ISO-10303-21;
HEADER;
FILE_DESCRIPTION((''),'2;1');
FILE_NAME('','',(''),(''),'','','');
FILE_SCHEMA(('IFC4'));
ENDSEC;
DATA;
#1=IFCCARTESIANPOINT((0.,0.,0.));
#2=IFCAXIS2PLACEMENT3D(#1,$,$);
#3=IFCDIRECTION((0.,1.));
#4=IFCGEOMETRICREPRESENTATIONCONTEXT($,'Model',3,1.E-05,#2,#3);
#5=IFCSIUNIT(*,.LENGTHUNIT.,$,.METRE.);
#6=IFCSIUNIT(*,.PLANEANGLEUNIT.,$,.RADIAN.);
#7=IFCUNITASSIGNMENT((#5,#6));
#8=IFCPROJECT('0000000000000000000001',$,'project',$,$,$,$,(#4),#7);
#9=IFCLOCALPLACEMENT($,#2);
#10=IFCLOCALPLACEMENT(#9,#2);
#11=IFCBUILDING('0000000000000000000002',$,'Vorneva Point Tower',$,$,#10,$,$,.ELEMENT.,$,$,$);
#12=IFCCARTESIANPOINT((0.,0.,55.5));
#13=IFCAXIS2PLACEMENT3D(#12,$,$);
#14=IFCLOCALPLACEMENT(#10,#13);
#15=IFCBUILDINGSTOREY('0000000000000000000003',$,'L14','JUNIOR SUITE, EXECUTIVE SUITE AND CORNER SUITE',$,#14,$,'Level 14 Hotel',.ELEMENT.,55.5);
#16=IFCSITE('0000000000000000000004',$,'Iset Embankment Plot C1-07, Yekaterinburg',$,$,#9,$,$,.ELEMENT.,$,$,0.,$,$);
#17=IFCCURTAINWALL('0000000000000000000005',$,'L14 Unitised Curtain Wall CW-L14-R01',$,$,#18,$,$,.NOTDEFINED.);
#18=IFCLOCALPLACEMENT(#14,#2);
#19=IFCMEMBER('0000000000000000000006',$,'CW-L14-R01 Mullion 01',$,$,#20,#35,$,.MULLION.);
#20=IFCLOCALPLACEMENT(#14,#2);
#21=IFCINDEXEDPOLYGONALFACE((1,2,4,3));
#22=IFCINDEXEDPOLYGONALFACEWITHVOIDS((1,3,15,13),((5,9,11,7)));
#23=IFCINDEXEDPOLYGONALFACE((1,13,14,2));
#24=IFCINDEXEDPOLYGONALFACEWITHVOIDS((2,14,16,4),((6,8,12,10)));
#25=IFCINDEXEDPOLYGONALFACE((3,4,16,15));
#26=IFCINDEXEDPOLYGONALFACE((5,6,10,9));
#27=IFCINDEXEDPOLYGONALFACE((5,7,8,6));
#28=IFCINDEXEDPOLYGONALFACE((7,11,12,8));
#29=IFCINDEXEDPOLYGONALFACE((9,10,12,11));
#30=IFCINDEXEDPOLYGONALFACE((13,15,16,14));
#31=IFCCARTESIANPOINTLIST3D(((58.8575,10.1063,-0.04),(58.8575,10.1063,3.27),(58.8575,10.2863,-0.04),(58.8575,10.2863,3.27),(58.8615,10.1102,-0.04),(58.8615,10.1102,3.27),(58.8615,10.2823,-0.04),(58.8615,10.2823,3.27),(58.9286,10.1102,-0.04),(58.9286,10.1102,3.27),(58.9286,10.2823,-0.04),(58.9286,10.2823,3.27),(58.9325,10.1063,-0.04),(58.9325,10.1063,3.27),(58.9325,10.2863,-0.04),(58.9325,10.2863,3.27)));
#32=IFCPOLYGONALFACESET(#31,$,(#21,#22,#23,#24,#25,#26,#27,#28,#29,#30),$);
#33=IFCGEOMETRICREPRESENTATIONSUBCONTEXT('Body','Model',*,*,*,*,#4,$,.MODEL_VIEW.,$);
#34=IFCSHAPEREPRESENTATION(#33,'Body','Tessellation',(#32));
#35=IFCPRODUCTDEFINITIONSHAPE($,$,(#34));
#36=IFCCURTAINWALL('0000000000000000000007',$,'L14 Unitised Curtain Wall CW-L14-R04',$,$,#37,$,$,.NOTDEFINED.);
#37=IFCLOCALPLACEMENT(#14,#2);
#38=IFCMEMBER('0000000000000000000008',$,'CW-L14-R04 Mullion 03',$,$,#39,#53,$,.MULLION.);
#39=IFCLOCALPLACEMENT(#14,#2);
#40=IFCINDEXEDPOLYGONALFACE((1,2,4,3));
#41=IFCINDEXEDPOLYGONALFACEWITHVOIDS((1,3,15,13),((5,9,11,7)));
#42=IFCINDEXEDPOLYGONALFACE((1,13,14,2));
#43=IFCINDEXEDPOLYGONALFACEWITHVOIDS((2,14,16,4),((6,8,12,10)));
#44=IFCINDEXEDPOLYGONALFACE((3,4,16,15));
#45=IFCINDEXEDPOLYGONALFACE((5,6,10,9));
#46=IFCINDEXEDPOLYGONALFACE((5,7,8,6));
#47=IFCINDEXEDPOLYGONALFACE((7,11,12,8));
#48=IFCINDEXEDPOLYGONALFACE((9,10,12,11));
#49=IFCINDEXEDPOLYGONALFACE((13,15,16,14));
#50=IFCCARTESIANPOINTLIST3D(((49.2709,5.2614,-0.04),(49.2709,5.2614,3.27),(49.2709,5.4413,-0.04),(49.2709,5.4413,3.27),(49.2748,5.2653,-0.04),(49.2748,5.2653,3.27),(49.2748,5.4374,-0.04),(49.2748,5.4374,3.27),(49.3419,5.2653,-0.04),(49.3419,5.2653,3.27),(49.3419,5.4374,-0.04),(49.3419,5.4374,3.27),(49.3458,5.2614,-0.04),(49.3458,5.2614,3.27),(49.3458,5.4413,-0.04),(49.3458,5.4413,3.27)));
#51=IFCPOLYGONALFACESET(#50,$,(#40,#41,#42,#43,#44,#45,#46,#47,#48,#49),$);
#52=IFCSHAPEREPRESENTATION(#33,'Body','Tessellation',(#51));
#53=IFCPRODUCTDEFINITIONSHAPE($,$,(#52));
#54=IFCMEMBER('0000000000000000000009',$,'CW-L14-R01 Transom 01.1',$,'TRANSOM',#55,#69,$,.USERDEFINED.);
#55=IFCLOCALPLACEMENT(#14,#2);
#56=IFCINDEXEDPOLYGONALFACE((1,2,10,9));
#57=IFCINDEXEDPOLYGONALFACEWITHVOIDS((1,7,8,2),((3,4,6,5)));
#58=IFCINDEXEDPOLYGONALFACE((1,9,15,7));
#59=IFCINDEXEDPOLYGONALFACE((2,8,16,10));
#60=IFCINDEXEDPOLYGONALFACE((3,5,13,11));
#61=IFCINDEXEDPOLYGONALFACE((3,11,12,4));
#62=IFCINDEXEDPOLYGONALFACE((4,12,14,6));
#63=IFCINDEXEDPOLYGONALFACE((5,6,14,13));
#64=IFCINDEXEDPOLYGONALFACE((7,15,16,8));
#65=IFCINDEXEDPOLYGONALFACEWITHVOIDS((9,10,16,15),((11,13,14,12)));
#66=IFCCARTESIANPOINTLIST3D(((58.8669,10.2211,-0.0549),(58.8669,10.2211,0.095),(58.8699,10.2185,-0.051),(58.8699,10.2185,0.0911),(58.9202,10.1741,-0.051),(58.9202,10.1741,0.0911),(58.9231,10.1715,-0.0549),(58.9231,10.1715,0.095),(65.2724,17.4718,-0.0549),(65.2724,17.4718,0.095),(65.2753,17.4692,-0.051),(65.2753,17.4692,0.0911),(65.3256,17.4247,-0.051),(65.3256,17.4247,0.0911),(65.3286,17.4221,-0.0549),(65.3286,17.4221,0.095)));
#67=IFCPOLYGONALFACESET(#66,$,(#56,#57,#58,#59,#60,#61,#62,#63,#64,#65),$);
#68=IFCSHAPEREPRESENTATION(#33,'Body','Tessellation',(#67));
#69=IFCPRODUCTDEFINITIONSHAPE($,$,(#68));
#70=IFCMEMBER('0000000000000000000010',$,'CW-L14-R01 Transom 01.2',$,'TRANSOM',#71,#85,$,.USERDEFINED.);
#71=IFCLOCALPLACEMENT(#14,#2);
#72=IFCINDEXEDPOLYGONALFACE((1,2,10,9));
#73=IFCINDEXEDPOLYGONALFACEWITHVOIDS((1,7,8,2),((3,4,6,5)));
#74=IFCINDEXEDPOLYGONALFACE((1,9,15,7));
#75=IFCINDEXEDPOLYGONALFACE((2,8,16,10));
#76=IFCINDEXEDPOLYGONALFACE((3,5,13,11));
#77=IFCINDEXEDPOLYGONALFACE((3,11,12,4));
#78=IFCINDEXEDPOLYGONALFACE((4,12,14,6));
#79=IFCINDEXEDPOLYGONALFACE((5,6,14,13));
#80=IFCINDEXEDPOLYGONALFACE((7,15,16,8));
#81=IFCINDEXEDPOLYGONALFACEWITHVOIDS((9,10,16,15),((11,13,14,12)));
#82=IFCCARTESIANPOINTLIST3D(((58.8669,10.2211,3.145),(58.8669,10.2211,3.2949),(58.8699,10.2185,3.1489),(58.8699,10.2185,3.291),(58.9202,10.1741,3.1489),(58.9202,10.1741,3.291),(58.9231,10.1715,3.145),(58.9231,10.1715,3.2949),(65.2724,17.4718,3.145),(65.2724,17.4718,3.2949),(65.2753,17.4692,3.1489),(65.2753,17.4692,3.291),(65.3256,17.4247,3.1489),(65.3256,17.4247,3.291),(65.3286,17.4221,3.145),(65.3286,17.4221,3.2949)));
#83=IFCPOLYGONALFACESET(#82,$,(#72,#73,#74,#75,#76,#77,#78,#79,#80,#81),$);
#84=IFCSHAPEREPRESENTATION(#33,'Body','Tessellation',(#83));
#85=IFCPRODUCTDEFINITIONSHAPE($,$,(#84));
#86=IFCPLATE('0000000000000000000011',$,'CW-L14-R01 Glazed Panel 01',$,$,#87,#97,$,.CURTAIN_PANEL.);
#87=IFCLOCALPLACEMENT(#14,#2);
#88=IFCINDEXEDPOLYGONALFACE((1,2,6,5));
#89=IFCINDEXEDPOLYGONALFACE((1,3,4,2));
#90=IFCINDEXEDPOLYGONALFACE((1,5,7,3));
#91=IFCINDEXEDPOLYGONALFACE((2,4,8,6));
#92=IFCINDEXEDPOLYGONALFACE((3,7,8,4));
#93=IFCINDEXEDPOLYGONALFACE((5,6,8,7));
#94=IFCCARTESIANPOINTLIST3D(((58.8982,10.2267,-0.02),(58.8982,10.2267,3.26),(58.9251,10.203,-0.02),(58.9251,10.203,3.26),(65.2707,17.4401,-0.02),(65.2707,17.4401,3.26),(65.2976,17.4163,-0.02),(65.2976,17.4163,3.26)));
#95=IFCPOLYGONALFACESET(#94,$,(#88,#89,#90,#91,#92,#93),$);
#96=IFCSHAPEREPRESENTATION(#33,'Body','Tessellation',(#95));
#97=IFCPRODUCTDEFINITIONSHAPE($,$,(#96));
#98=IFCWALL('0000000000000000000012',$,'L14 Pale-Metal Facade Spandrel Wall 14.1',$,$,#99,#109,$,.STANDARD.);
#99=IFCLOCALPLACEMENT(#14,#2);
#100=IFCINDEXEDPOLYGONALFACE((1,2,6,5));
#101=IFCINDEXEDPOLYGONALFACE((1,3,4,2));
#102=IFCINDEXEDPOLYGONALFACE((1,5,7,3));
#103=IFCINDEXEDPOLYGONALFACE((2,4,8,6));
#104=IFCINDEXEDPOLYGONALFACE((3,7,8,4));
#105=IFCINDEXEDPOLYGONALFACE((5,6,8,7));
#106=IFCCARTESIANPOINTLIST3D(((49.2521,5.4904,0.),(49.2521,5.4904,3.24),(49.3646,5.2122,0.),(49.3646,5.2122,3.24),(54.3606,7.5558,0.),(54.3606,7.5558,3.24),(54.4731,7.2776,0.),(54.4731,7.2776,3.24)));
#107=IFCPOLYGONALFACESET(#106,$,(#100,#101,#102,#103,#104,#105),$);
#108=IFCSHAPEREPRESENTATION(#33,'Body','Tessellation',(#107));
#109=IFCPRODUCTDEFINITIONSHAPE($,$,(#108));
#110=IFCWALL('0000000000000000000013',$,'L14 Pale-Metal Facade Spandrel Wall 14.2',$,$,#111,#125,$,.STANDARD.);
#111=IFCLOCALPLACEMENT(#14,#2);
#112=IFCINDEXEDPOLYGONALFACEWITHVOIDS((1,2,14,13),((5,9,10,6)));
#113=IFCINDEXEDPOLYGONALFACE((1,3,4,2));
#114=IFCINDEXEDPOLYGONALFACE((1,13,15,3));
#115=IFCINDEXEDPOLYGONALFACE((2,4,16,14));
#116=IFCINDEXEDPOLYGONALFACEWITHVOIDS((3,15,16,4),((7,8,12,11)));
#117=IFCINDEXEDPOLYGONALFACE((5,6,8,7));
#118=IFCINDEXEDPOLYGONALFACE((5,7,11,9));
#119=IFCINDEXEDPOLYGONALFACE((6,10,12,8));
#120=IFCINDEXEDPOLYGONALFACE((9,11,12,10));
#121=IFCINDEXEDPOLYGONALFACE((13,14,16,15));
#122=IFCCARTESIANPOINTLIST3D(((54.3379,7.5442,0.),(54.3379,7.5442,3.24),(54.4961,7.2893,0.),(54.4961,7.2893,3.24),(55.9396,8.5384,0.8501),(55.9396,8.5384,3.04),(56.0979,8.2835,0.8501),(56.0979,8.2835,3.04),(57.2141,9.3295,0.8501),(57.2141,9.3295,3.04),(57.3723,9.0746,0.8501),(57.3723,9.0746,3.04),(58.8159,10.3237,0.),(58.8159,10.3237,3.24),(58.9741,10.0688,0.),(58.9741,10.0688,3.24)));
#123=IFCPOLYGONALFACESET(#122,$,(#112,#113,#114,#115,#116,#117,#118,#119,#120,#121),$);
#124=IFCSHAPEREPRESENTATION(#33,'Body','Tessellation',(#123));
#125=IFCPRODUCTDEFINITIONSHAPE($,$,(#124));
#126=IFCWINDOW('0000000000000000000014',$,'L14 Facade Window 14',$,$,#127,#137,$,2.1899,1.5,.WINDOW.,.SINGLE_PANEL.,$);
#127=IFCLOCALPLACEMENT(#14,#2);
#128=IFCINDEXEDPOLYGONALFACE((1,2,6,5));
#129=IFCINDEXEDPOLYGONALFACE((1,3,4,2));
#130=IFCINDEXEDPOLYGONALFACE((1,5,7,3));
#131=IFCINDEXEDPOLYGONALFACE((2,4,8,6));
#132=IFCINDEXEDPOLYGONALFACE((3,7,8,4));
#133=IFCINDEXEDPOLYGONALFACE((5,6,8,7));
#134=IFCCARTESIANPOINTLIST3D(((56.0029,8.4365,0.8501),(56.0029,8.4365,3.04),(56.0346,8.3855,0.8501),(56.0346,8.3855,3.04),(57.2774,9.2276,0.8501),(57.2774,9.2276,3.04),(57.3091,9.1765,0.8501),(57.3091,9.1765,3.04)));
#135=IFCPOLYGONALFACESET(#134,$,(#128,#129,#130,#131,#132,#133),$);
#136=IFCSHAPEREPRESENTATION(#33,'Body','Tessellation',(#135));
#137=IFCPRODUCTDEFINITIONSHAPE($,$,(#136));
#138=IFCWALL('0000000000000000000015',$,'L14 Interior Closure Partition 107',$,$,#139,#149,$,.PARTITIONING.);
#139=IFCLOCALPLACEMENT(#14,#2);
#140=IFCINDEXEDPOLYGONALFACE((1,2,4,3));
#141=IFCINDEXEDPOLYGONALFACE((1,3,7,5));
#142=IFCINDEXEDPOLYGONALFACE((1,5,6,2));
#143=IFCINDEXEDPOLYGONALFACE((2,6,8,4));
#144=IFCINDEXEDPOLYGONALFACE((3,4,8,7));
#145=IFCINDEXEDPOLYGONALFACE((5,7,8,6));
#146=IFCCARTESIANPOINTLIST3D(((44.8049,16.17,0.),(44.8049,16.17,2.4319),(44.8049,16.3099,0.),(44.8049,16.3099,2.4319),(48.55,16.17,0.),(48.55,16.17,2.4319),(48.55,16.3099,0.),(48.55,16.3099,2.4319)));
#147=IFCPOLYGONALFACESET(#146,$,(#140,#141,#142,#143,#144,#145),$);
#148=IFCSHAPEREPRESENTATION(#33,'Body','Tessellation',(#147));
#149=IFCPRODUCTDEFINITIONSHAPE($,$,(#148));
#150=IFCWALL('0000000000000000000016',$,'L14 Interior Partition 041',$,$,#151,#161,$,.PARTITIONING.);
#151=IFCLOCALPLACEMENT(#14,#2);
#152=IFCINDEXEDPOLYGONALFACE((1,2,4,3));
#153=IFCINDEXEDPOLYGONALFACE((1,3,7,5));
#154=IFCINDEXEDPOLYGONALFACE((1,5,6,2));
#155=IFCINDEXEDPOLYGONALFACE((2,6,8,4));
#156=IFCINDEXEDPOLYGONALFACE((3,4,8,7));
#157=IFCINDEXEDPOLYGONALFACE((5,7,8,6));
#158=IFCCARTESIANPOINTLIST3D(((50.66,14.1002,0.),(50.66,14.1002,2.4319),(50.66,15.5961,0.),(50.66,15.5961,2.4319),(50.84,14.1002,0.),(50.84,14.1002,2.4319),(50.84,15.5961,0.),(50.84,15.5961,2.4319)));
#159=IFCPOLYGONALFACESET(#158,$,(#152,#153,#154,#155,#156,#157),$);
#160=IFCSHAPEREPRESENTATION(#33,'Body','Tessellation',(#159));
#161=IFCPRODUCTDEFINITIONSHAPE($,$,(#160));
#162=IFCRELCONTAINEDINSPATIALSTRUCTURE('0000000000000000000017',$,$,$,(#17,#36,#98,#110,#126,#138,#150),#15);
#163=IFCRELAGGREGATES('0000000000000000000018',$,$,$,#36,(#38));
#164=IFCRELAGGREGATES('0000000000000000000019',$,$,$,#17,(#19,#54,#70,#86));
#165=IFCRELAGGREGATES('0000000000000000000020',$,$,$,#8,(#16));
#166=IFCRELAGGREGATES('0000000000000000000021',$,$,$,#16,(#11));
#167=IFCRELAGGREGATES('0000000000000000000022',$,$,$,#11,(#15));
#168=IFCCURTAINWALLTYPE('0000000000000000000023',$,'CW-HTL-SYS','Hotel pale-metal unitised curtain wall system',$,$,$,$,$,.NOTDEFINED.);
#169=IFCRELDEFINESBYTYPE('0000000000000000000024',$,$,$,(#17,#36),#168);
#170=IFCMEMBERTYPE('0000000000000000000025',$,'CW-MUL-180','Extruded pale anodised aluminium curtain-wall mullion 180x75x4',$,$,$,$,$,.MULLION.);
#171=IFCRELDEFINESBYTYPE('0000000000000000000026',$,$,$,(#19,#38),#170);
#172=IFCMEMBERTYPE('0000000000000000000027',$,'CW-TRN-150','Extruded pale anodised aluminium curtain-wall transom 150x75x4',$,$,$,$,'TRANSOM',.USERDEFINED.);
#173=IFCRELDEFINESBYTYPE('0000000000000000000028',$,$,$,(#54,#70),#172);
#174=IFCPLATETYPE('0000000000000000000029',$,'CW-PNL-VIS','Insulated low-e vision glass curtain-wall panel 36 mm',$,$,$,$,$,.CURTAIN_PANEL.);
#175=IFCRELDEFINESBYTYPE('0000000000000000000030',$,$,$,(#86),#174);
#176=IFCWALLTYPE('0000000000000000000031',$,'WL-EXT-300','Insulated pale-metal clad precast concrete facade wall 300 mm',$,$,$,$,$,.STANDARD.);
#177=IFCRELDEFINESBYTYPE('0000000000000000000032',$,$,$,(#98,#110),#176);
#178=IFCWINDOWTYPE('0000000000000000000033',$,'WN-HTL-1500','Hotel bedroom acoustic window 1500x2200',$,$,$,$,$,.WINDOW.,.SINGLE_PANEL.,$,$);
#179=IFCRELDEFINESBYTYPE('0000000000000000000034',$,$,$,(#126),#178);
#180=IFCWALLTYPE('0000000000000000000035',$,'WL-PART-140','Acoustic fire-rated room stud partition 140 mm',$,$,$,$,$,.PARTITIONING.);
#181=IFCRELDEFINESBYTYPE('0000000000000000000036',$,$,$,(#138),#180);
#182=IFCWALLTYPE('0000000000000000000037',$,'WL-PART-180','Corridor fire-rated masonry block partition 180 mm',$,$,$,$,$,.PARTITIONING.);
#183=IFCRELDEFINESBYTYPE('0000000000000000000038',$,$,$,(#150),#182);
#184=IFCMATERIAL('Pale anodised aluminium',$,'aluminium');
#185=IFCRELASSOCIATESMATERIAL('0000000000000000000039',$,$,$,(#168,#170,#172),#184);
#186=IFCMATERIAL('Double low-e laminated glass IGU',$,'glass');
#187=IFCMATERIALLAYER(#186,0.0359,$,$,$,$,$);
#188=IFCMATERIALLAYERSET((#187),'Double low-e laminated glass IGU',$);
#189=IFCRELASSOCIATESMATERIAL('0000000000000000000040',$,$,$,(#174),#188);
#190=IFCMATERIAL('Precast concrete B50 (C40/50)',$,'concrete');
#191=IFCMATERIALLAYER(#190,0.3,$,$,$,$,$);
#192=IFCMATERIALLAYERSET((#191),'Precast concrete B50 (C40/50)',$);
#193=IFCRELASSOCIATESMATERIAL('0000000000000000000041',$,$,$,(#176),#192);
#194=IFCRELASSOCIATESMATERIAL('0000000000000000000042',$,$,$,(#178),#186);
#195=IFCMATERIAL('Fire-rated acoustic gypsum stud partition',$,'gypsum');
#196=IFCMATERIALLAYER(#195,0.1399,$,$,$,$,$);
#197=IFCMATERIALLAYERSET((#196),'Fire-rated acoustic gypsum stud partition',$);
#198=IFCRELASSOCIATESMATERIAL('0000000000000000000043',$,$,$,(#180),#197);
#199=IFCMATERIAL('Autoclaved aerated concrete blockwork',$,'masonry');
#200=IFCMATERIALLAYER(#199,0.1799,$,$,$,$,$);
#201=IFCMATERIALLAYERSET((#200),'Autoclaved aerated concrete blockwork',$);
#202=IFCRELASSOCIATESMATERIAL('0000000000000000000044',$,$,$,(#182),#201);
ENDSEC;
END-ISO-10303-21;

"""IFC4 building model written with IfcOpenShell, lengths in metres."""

from ifc_helpers import new_model, si_unit, direction, frame, frame_2d, origin, origin_2d, place, context, subcontext, project, spatial, rectangle, hollow_rectangle, extrude, material, layer, layer_set, material_profile, profile_set, type_object, element, fill, aggregate, save


model = new_model("IFC4")

# Units and contexts
model_context = context("Model", 3, precision=1e-05, world=origin(), true_north=direction((0.0, 1.0)))
body_context = subcontext(model_context, "Body", "Model", "MODEL_VIEW")
ifc_project = project(units=[si_unit("LENGTHUNIT", "METRE"), si_unit("PLANEANGLEUNIT", "RADIAN")], contexts=[model_context])

# Site, building, storey
site_placement = place(None, origin())
site = spatial("IfcSite", under=ifc_project, at=site_placement, Name="Iset Embankment Plot C1-07, Yekaterinburg", CompositionType="ELEMENT", RefElevation=0.0)
building_placement = place(site_placement, origin())
building = spatial("IfcBuilding", under=site, at=building_placement, Name="Vorneva Point Tower", CompositionType="ELEMENT")
storey_placement = place(building_placement, frame((0.0, 0.0, 55.5)))
storey = spatial("IfcBuildingStorey", under=building, at=storey_placement, Name="L14", Description="JUNIOR SUITE, EXECUTIVE SUITE AND CORNER SUITE", LongName="Level 14 Hotel", CompositionType="ELEMENT", Elevation=55.5)

# Curtain walls, members
ifc_material_1 = material(Name="Pale anodised aluminium", Category="aluminium")
curtain_wall_type = type_object("IfcCurtainWallType", Name="CW-HTL-SYS", Description="Hotel pale-metal unitised curtain wall system", PredefinedType="NOTDEFINED", material=ifc_material_1)
curtain_wall_1_placement = place(storey_placement, origin())
curtain_wall_1 = element("IfcCurtainWall", 1, at=curtain_wall_1_placement, inside=storey, type_object=curtain_wall_type, Name="L14 Unitised Curtain Wall CW-L14-R01", PredefinedType="NOTDEFINED")
ifc_material_profile_1 = material_profile(ifc_material_1, hollow_rectangle(XDim=0.075, YDim=0.1799, WallThickness=0.0039, at=origin_2d()), Name="AL-MUL 180x75x4")
ifc_profile_set_1 = profile_set([ifc_material_profile_1], Name="Pale anodised aluminium")
member_type_1 = type_object("IfcMemberType", Name="CW-MUL-180", Description="Extruded pale anodised aluminium curtain-wall mullion 180x75x4", PredefinedType="MULLION", material=ifc_profile_set_1)
member_1_placement = place(storey_placement, frame((58.895, 10.1963, -0.04), z_axis=(0.0, 0.0, 1.0), x_axis=(1.0, 0.0, 0.0)))
member_1 = element("IfcMember", 2, at=member_1_placement, type_object=member_type_1, Name="CW-L14-R01 Mullion 01", PredefinedType="MULLION", context=body_context, shape_type="SweptSolid", body=[
    extrude(hollow_rectangle(XDim=0.075, YDim=0.1799, WallThickness=0.0039, at=origin_2d()), origin(), (0.0, 0.0, 1.0), 3.3101),
])
curtain_wall_2_placement = place(storey_placement, origin())
curtain_wall_2 = element("IfcCurtainWall", 3, at=curtain_wall_2_placement, inside=storey, type_object=curtain_wall_type, Name="L14 Unitised Curtain Wall CW-L14-R04", PredefinedType="NOTDEFINED")
member_2_placement = place(storey_placement, frame((49.3083, 5.3513, -0.04), z_axis=(0.0, 0.0, 1.0), x_axis=(1.0, 0.0, 0.0)))
member_2 = element("IfcMember", 4, at=member_2_placement, type_object=member_type_1, Name="CW-L14-R04 Mullion 03", PredefinedType="MULLION", context=body_context, shape_type="SweptSolid", body=[
    extrude(hollow_rectangle(XDim=0.075, YDim=0.1799, WallThickness=0.0039, at=origin_2d()), origin(), (0.0, 0.0, 1.0), 3.3101),
])
aggregate(curtain_wall_2, [member_2])

# Members
ifc_material_profile_2 = material_profile(ifc_material_1, hollow_rectangle(XDim=0.075, YDim=0.1499, WallThickness=0.0039, at=origin_2d()), Name="AL-TRN 150x75x4")
ifc_profile_set_2 = profile_set([ifc_material_profile_2], Name="Pale anodised aluminium")
member_type_2 = type_object("IfcMemberType", Name="CW-TRN-150", Description="Extruded pale anodised aluminium curtain-wall transom 150x75x4", ElementType="TRANSOM", PredefinedType="USERDEFINED", material=ifc_profile_set_2)
member_3_placement = place(storey_placement, frame((58.895, 10.1963, 0.02), z_axis=(0.662076, 0.749437, 0.0), x_axis=(-0.749437, 0.662076, 0.0)))
member_3 = element("IfcMember", 5, at=member_3_placement, type_object=member_type_2, Name="CW-L14-R01 Transom 01.1", ObjectType="TRANSOM", PredefinedType="USERDEFINED", context=body_context, shape_type="SweptSolid", body=[
    extrude(hollow_rectangle(XDim=0.075, YDim=0.1499, WallThickness=0.0039, at=origin_2d()), origin(), (0.0, 0.0, 1.0), 9.6748),
])
member_4_placement = place(storey_placement, frame((58.895, 10.1963, 3.22), z_axis=(0.662076, 0.749437, 0.0), x_axis=(-0.749437, 0.662076, 0.0)))
member_4 = element("IfcMember", 6, at=member_4_placement, type_object=member_type_2, Name="CW-L14-R01 Transom 01.2", ObjectType="TRANSOM", PredefinedType="USERDEFINED", context=body_context, shape_type="SweptSolid", body=[
    extrude(hollow_rectangle(XDim=0.075, YDim=0.1499, WallThickness=0.0039, at=origin_2d()), origin(), (0.0, 0.0, 1.0), 9.6748),
])

# Plate
ifc_material_2 = material(Name="Double low-e laminated glass IGU", Category="glass")
ifc_layer_1 = layer(ifc_material_2, 0.0359)
ifc_layer_set_1 = layer_set([ifc_layer_1], Name="Double low-e laminated glass IGU")
plate_type = type_object("IfcPlateType", Name="CW-PNL-VIS", Description="Insulated low-e vision glass curtain-wall panel 36 mm", PredefinedType="CURTAIN_PANEL", material=ifc_layer_set_1)
plate_placement = place(storey_placement, frame((62.0979, 13.8215, -0.02), z_axis=(0.0, 0.0, 1.0), x_axis=(0.662071, 0.749441, 0.0)))
plate = element("IfcPlate", 7, at=plate_placement, type_object=plate_type, Name="CW-L14-R01 Glazed Panel 01", PredefinedType="CURTAIN_PANEL", context=body_context, shape_type="SweptSolid", body=[
    extrude(rectangle(XDim=9.625, YDim=0.0359, at=origin_2d()), origin(), (0.0, 0.0, 1.0), 3.28),
])
aggregate(curtain_wall_1, [member_1, member_3, member_4, plate])

# Wall
ifc_material_3 = material(Name="Precast concrete B50 (C40/50)", Category="concrete")
ifc_layer_2 = layer(ifc_material_3, 0.3)
ifc_layer_set_2 = layer_set([ifc_layer_2], Name="Precast concrete B50 (C40/50)")
wall_type_1 = type_object("IfcWallType", Name="WL-EXT-300", Description="Insulated pale-metal clad precast concrete facade wall 300 mm", PredefinedType="STANDARD", material=ifc_layer_set_2)
wall_1_placement = place(storey_placement, frame((49.3083, 5.3513, 0.0), z_axis=(0.0, 0.0, 1.0), x_axis=(0.927095, 0.374826, 0.0)))
element("IfcWall", 8, at=wall_1_placement, inside=storey, type_object=wall_type_1, Name="L14 Pale-Metal Facade Spandrel Wall 14.1", PredefinedType="STANDARD", context=body_context, shape_type="SweptSolid", body=[
    extrude(rectangle(XDim=5.5103, YDim=0.3, at=frame_2d((2.7551, 0.0))), origin(), (0.0, 0.0, 1.0), 3.24),
])

# Wall, opening, window
wall_2_placement = place(storey_placement, frame((54.417, 7.4167, 0.0), z_axis=(0.0, 0.0, 1.0), x_axis=(0.849634, 0.527373, 0.0)))
wall_2 = element("IfcWall", 9, at=wall_2_placement, inside=storey, type_object=wall_type_1, Name="L14 Pale-Metal Facade Spandrel Wall 14.2", PredefinedType="STANDARD", context=body_context, shape_type="SweptSolid", body=[
    extrude(rectangle(XDim=5.2705, YDim=0.3, at=frame_2d((2.6353, 0.0))), origin(), (0.0, 0.0, 1.0), 3.24),
])
opening_1_placement = place(wall_2_placement, frame((1.8853, 0.0, 0.8501)))
opening_1 = element("IfcOpeningElement", 10, at=opening_1_placement, cuts=wall_2, PredefinedType="OPENING", context=body_context, shape_type="SweptSolid", body=[
    extrude(rectangle(XDim=1.5, YDim=2.1899, at=frame_2d((0.75, 1.095))), frame((0.0, 0.165, 0.0), z_axis=(0.0, -1.0, 0.0), x_axis=(1.0, 0.0, 0.0)), (0.0, 0.0, 1.0), 0.3298),
])
window_type = type_object("IfcWindowType", Name="WN-HTL-1500", Description="Hotel bedroom acoustic window 1500x2200", PartitioningType="SINGLE_PANEL", PredefinedType="WINDOW", material=ifc_material_2)
window_placement = place(opening_1_placement, origin())
window = element("IfcWindow", 11, at=window_placement, inside=storey, type_object=window_type, Name="L14 Facade Window 14", OverallHeight=2.1899, OverallWidth=1.5, PartitioningType="SINGLE_PANEL", PredefinedType="WINDOW", context=body_context, shape_type="SweptSolid", body=[
    extrude(rectangle(XDim=1.5, YDim=2.1899, at=frame_2d((0.75, 1.095))), frame((0.0, 0.03, 0.0), z_axis=(0.0, -1.0, 0.0), x_axis=(1.0, 0.0, 0.0)), (0.0, 0.0, 1.0), 0.0601),
])
fill(opening_1, window)

# Walls
ifc_material_4 = material(Name="Fire-rated acoustic gypsum stud partition", Category="gypsum")
ifc_layer_3 = layer(ifc_material_4, 0.1399)
ifc_layer_set_3 = layer_set([ifc_layer_3], Name="Fire-rated acoustic gypsum stud partition")
wall_type_2 = type_object("IfcWallType", Name="WL-PART-140", Description="Acoustic fire-rated room stud partition 140 mm", PredefinedType="PARTITIONING", material=ifc_layer_set_3)
wall_3_placement = place(storey_placement, frame((48.55, 16.24, 0.0), z_axis=(0.0, 0.0, 1.0), x_axis=(-1.0, 0.0, 0.0)))
element("IfcWall", 12, at=wall_3_placement, inside=storey, type_object=wall_type_2, Name="L14 Interior Closure Partition 107", PredefinedType="PARTITIONING", context=body_context, shape_type="SweptSolid", body=[
    extrude(rectangle(XDim=3.7451, YDim=0.1399, at=frame_2d((1.8726, 0.0))), origin(), (0.0, 0.0, 1.0), 2.4319),
])
ifc_material_5 = material(Name="Autoclaved aerated concrete blockwork", Category="masonry")
ifc_layer_4 = layer(ifc_material_5, 0.1799)
ifc_layer_set_4 = layer_set([ifc_layer_4], Name="Autoclaved aerated concrete blockwork")
wall_type_3 = type_object("IfcWallType", Name="WL-PART-180", Description="Corridor fire-rated masonry block partition 180 mm", PredefinedType="PARTITIONING", material=ifc_layer_set_4)
wall_4_placement = place(storey_placement, frame((50.75, 14.1001, 0.0), z_axis=(0.0, 0.0, 1.0), x_axis=(0.0, 1.0, 0.0)))
element("IfcWall", 13, at=wall_4_placement, inside=storey, type_object=wall_type_3, Name="L14 Interior Partition 041", PredefinedType="PARTITIONING", context=body_context, shape_type="SweptSolid", body=[
    extrude(rectangle(XDim=1.4958, YDim=0.1799, at=frame_2d((0.748, 0.0))), origin(), (0.0, 0.0, 1.0), 2.4319),
])

save(model, "model.ifc")
